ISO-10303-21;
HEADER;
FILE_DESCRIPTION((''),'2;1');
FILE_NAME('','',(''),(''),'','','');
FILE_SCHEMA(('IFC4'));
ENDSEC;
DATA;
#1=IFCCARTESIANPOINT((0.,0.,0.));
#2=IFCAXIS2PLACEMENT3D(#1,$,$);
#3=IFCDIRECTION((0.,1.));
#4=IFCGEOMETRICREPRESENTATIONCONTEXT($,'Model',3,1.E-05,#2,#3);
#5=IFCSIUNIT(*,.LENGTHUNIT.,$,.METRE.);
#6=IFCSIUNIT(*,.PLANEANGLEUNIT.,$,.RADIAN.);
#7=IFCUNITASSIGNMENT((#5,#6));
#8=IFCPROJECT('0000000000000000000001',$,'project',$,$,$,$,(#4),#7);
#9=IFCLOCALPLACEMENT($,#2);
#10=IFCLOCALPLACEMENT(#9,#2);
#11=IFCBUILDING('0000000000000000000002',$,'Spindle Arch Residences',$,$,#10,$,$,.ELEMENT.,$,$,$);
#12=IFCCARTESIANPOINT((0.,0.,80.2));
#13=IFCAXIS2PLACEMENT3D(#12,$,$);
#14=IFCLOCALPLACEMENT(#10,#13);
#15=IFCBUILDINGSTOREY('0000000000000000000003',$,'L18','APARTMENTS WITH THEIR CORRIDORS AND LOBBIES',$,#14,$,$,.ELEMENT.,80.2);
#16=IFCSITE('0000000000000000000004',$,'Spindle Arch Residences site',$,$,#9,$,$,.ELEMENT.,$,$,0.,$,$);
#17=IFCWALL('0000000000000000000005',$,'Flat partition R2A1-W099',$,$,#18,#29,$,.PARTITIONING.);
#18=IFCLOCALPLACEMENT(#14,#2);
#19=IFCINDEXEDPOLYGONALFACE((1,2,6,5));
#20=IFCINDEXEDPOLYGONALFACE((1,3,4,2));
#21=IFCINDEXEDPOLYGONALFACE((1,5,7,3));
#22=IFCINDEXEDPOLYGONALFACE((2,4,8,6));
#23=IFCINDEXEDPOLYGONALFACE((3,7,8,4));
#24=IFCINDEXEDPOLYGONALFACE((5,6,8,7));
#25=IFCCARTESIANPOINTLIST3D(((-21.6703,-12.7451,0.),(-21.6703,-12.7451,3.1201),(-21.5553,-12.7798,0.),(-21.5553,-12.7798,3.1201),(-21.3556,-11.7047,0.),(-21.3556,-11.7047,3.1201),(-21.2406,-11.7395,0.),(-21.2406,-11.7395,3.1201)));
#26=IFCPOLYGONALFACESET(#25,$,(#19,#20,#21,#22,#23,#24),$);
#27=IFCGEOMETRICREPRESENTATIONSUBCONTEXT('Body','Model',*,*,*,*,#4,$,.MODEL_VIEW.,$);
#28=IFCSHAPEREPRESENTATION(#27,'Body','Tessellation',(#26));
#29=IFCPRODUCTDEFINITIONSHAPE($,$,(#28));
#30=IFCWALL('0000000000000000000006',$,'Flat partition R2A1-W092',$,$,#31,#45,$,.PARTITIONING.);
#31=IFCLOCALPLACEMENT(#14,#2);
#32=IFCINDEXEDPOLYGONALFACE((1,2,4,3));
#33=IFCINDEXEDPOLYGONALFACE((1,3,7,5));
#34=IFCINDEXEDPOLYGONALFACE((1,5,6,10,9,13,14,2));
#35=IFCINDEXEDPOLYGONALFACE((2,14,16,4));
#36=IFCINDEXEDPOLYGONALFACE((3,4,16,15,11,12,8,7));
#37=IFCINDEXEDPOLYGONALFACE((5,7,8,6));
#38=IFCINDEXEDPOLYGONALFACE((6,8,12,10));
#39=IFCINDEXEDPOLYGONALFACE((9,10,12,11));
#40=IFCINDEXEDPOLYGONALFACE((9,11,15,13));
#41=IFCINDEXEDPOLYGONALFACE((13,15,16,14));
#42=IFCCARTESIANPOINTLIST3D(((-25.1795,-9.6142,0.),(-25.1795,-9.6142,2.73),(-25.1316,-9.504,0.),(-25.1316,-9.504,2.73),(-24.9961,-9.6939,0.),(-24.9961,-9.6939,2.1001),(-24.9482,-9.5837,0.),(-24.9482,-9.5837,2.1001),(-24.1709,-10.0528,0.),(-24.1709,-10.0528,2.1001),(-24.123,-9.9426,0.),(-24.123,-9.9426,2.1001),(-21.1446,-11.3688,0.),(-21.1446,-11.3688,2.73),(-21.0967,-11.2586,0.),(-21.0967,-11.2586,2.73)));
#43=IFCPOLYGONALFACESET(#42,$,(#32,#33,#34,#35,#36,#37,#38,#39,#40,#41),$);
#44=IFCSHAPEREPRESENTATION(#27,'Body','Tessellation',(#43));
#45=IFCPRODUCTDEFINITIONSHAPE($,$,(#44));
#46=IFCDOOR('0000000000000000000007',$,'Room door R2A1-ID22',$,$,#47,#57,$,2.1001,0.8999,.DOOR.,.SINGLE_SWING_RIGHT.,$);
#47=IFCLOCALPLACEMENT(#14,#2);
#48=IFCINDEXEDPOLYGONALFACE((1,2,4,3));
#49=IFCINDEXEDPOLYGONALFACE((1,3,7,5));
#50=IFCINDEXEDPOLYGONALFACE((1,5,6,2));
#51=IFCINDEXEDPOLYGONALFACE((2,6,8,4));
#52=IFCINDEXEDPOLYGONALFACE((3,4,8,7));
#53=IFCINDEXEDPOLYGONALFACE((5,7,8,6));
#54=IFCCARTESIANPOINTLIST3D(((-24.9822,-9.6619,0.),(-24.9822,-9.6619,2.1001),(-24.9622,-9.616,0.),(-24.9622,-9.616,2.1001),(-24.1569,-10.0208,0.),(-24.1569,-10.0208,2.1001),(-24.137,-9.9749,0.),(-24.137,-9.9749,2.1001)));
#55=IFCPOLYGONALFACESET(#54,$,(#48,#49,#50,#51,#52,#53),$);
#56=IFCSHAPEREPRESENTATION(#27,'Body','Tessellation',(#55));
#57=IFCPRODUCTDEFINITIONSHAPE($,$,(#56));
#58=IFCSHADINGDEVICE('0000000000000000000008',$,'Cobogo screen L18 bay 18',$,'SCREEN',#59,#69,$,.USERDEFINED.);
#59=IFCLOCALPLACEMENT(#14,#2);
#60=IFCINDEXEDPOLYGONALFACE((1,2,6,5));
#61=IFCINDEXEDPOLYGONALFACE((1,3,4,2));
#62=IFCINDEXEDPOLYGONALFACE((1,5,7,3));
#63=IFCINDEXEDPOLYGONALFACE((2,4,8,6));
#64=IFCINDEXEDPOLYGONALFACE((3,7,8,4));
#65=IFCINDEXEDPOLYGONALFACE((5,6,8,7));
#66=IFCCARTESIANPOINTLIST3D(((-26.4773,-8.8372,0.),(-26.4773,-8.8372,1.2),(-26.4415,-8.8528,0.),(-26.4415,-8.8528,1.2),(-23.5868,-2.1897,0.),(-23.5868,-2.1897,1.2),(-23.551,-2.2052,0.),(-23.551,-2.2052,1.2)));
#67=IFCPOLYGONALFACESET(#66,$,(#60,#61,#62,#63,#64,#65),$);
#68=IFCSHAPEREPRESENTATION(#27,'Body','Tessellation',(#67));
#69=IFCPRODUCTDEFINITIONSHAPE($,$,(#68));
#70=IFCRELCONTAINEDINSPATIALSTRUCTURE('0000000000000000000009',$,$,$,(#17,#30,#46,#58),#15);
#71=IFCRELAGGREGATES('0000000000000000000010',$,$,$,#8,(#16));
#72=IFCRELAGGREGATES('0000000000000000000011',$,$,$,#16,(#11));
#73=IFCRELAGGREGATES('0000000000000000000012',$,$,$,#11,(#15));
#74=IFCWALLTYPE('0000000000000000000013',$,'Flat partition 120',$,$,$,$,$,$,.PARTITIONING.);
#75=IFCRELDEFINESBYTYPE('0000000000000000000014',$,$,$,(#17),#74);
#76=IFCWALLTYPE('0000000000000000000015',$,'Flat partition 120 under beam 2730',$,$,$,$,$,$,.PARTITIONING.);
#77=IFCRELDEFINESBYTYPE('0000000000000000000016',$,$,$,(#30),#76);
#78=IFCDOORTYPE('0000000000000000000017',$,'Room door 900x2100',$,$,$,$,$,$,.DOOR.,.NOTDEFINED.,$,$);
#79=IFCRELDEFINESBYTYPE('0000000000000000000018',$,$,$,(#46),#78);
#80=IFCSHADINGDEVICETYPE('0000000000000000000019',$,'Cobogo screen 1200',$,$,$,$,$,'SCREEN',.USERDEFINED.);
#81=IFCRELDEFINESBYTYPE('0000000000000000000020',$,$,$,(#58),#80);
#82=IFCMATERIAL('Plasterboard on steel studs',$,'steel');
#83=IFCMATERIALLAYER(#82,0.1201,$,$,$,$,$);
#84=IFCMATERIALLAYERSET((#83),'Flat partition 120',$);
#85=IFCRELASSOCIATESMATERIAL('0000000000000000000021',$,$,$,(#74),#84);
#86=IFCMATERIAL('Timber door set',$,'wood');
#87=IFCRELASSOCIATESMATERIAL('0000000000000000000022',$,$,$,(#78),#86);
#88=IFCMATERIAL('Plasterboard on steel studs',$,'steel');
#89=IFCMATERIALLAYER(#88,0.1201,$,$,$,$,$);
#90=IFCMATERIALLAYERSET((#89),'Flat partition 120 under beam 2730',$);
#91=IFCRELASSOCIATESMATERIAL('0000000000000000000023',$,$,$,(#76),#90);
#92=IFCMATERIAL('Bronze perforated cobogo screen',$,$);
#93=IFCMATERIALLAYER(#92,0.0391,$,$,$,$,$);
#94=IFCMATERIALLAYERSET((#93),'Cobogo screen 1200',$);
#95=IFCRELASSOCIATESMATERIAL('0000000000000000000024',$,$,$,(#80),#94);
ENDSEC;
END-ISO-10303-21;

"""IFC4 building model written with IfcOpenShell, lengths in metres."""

from ifc_helpers import new_model, si_unit, direction, frame, frame_2d, origin, origin_2d, place, context, subcontext, project, spatial, rectangle, extrude, material, layer, layer_set, type_object, element, fill, save


model = new_model("IFC4")

# Units and contexts
model_context = context("Model", 3, precision=1e-05, world=origin(), true_north=direction((0.0, 1.0)))
body_context = subcontext(model_context, "Body", "Model", "MODEL_VIEW")
ifc_project = project(units=[si_unit("LENGTHUNIT", "METRE"), si_unit("PLANEANGLEUNIT", "RADIAN")], contexts=[model_context])

# Site, building, storey
site_placement = place(None, origin())
site = spatial("IfcSite", under=ifc_project, at=site_placement, Name="Spindle Arch Residences site", CompositionType="ELEMENT", RefElevation=0.0)
building_placement = place(site_placement, origin())
building = spatial("IfcBuilding", under=site, at=building_placement, Name="Spindle Arch Residences", CompositionType="ELEMENT")
storey_placement = place(building_placement, frame((0.0, 0.0, 80.2)))
storey = spatial("IfcBuildingStorey", under=building, at=storey_placement, Name="L18", Description="APARTMENTS WITH THEIR CORRIDORS AND LOBBIES", CompositionType="ELEMENT", Elevation=80.2)

# Shared definitions
ifc_material_1 = material(Name="Plasterboard on steel studs", Category="steel")
ifc_layer_1 = layer(ifc_material_1, 0.1201)
ifc_layer_set_1 = layer_set([ifc_layer_1], Name="Flat partition 120")
wall_type_1 = type_object("IfcWallType", Name="Flat partition 120", PredefinedType="PARTITIONING", material=ifc_layer_set_1)

# Shared definitions
ifc_material_2 = material(Name="Timber door set", Category="wood")
door_type_1 = type_object("IfcDoorType", Name="Room door 900x2100", OperationType="NOTDEFINED", PredefinedType="DOOR", material=ifc_material_2)

# Wall
wall_1_placement = place(storey_placement, frame((-21.6128, -12.7625, 0.0), z_axis=(0.0, 0.0, 1.0), x_axis=(0.289552, 0.957162, 0.0)))
element("IfcWall", 1, at=wall_1_placement, inside=storey, type_object=wall_type_1, Name="Flat partition R2A1-W099", PredefinedType="PARTITIONING", context=body_context, shape_type="SweptSolid", body=[
    extrude(rectangle(XDim=1.0869, YDim=0.1201, at=frame_2d((0.5435, 0.0))), origin(), (0.0, 0.0, 1.0), 3.1201),
])

# Wall, opening, door
ifc_material_3 = material(Name="Plasterboard on steel studs", Category="steel")
ifc_layer_2 = layer(ifc_material_3, 0.1201)
ifc_layer_set_2 = layer_set([ifc_layer_2], Name="Flat partition 120 under beam 2730")
wall_type_2 = type_object("IfcWallType", Name="Flat partition 120 under beam 2730", PredefinedType="PARTITIONING", material=ifc_layer_set_2)
wall_2_placement = place(storey_placement, frame((-25.1555, -9.5591, 0.0), z_axis=(0.0, 0.0, 1.0), x_axis=(0.917043, -0.398789, 0.0)))
wall_2 = element("IfcWall", 2, at=wall_2_placement, inside=storey, type_object=wall_type_2, Name="Flat partition R2A1-W092", PredefinedType="PARTITIONING", context=body_context, shape_type="SweptSolid", body=[
    extrude(rectangle(XDim=4.3999, YDim=0.1201, at=frame_2d((2.2, 0.0))), origin(), (0.0, 0.0, 1.0), 2.73),
])
opening_1_placement = place(wall_2_placement, frame((0.2, 0.0, 0.0)))
opening_1 = element("IfcOpeningElement", 3, at=opening_1_placement, cuts=wall_2, PredefinedType="OPENING", context=body_context, shape_type="SweptSolid", body=[
    extrude(rectangle(XDim=0.8999, YDim=2.1001, at=frame_2d((0.45, 1.05))), frame((0.0, 0.0701, 0.0), z_axis=(0.0, -1.0, 0.0), x_axis=(1.0, 0.0, 0.0)), (0.0, 0.0, 1.0), 0.1401),
])
door_1_placement = place(opening_1_placement, origin())
door_1 = element("IfcDoor", 4, at=door_1_placement, inside=storey, type_object=door_type_1, Name="Room door R2A1-ID22", OperationType="SINGLE_SWING_RIGHT", OverallHeight=2.1001, OverallWidth=0.8999, PredefinedType="DOOR", context=body_context, shape_type="SweptSolid", body=[
    extrude(rectangle(XDim=0.8999, YDim=2.1001, at=frame_2d((0.45, 1.05))), frame((0.0, 0.0249, 0.0), z_axis=(0.0, -1.0, 0.0), x_axis=(1.0, 0.0, 0.0)), (0.0, 0.0, 1.0), 0.05),
])
fill(opening_1, door_1)

# Shading device
ifc_material_4 = material(Name="Bronze perforated cobogo screen")
ifc_layer_3 = layer(ifc_material_4, 0.0391)
ifc_layer_set_3 = layer_set([ifc_layer_3], Name="Cobogo screen 1200")
shading_device_type = type_object("IfcShadingDeviceType", Name="Cobogo screen 1200", ElementType="SCREEN", PredefinedType="USERDEFINED", material=ifc_layer_set_3)
shading_device_placement = place(storey_placement, frame((-25.0142, -5.5212, 0.0), z_axis=(0.0, 0.0, 1.0), x_axis=(-0.398749, -0.91706, 0.0)))
element("IfcShadingDevice", 5, at=shading_device_placement, inside=storey, type_object=shading_device_type, Name="Cobogo screen L18 bay 18", ObjectType="SCREEN", PredefinedType="USERDEFINED", context=body_context, shape_type="SweptSolid", body=[
    extrude(rectangle(XDim=7.2488, YDim=0.0391, at=origin_2d()), origin(), (0.0, 0.0, 1.0), 1.2),
])

save(model, "model.ifc")
